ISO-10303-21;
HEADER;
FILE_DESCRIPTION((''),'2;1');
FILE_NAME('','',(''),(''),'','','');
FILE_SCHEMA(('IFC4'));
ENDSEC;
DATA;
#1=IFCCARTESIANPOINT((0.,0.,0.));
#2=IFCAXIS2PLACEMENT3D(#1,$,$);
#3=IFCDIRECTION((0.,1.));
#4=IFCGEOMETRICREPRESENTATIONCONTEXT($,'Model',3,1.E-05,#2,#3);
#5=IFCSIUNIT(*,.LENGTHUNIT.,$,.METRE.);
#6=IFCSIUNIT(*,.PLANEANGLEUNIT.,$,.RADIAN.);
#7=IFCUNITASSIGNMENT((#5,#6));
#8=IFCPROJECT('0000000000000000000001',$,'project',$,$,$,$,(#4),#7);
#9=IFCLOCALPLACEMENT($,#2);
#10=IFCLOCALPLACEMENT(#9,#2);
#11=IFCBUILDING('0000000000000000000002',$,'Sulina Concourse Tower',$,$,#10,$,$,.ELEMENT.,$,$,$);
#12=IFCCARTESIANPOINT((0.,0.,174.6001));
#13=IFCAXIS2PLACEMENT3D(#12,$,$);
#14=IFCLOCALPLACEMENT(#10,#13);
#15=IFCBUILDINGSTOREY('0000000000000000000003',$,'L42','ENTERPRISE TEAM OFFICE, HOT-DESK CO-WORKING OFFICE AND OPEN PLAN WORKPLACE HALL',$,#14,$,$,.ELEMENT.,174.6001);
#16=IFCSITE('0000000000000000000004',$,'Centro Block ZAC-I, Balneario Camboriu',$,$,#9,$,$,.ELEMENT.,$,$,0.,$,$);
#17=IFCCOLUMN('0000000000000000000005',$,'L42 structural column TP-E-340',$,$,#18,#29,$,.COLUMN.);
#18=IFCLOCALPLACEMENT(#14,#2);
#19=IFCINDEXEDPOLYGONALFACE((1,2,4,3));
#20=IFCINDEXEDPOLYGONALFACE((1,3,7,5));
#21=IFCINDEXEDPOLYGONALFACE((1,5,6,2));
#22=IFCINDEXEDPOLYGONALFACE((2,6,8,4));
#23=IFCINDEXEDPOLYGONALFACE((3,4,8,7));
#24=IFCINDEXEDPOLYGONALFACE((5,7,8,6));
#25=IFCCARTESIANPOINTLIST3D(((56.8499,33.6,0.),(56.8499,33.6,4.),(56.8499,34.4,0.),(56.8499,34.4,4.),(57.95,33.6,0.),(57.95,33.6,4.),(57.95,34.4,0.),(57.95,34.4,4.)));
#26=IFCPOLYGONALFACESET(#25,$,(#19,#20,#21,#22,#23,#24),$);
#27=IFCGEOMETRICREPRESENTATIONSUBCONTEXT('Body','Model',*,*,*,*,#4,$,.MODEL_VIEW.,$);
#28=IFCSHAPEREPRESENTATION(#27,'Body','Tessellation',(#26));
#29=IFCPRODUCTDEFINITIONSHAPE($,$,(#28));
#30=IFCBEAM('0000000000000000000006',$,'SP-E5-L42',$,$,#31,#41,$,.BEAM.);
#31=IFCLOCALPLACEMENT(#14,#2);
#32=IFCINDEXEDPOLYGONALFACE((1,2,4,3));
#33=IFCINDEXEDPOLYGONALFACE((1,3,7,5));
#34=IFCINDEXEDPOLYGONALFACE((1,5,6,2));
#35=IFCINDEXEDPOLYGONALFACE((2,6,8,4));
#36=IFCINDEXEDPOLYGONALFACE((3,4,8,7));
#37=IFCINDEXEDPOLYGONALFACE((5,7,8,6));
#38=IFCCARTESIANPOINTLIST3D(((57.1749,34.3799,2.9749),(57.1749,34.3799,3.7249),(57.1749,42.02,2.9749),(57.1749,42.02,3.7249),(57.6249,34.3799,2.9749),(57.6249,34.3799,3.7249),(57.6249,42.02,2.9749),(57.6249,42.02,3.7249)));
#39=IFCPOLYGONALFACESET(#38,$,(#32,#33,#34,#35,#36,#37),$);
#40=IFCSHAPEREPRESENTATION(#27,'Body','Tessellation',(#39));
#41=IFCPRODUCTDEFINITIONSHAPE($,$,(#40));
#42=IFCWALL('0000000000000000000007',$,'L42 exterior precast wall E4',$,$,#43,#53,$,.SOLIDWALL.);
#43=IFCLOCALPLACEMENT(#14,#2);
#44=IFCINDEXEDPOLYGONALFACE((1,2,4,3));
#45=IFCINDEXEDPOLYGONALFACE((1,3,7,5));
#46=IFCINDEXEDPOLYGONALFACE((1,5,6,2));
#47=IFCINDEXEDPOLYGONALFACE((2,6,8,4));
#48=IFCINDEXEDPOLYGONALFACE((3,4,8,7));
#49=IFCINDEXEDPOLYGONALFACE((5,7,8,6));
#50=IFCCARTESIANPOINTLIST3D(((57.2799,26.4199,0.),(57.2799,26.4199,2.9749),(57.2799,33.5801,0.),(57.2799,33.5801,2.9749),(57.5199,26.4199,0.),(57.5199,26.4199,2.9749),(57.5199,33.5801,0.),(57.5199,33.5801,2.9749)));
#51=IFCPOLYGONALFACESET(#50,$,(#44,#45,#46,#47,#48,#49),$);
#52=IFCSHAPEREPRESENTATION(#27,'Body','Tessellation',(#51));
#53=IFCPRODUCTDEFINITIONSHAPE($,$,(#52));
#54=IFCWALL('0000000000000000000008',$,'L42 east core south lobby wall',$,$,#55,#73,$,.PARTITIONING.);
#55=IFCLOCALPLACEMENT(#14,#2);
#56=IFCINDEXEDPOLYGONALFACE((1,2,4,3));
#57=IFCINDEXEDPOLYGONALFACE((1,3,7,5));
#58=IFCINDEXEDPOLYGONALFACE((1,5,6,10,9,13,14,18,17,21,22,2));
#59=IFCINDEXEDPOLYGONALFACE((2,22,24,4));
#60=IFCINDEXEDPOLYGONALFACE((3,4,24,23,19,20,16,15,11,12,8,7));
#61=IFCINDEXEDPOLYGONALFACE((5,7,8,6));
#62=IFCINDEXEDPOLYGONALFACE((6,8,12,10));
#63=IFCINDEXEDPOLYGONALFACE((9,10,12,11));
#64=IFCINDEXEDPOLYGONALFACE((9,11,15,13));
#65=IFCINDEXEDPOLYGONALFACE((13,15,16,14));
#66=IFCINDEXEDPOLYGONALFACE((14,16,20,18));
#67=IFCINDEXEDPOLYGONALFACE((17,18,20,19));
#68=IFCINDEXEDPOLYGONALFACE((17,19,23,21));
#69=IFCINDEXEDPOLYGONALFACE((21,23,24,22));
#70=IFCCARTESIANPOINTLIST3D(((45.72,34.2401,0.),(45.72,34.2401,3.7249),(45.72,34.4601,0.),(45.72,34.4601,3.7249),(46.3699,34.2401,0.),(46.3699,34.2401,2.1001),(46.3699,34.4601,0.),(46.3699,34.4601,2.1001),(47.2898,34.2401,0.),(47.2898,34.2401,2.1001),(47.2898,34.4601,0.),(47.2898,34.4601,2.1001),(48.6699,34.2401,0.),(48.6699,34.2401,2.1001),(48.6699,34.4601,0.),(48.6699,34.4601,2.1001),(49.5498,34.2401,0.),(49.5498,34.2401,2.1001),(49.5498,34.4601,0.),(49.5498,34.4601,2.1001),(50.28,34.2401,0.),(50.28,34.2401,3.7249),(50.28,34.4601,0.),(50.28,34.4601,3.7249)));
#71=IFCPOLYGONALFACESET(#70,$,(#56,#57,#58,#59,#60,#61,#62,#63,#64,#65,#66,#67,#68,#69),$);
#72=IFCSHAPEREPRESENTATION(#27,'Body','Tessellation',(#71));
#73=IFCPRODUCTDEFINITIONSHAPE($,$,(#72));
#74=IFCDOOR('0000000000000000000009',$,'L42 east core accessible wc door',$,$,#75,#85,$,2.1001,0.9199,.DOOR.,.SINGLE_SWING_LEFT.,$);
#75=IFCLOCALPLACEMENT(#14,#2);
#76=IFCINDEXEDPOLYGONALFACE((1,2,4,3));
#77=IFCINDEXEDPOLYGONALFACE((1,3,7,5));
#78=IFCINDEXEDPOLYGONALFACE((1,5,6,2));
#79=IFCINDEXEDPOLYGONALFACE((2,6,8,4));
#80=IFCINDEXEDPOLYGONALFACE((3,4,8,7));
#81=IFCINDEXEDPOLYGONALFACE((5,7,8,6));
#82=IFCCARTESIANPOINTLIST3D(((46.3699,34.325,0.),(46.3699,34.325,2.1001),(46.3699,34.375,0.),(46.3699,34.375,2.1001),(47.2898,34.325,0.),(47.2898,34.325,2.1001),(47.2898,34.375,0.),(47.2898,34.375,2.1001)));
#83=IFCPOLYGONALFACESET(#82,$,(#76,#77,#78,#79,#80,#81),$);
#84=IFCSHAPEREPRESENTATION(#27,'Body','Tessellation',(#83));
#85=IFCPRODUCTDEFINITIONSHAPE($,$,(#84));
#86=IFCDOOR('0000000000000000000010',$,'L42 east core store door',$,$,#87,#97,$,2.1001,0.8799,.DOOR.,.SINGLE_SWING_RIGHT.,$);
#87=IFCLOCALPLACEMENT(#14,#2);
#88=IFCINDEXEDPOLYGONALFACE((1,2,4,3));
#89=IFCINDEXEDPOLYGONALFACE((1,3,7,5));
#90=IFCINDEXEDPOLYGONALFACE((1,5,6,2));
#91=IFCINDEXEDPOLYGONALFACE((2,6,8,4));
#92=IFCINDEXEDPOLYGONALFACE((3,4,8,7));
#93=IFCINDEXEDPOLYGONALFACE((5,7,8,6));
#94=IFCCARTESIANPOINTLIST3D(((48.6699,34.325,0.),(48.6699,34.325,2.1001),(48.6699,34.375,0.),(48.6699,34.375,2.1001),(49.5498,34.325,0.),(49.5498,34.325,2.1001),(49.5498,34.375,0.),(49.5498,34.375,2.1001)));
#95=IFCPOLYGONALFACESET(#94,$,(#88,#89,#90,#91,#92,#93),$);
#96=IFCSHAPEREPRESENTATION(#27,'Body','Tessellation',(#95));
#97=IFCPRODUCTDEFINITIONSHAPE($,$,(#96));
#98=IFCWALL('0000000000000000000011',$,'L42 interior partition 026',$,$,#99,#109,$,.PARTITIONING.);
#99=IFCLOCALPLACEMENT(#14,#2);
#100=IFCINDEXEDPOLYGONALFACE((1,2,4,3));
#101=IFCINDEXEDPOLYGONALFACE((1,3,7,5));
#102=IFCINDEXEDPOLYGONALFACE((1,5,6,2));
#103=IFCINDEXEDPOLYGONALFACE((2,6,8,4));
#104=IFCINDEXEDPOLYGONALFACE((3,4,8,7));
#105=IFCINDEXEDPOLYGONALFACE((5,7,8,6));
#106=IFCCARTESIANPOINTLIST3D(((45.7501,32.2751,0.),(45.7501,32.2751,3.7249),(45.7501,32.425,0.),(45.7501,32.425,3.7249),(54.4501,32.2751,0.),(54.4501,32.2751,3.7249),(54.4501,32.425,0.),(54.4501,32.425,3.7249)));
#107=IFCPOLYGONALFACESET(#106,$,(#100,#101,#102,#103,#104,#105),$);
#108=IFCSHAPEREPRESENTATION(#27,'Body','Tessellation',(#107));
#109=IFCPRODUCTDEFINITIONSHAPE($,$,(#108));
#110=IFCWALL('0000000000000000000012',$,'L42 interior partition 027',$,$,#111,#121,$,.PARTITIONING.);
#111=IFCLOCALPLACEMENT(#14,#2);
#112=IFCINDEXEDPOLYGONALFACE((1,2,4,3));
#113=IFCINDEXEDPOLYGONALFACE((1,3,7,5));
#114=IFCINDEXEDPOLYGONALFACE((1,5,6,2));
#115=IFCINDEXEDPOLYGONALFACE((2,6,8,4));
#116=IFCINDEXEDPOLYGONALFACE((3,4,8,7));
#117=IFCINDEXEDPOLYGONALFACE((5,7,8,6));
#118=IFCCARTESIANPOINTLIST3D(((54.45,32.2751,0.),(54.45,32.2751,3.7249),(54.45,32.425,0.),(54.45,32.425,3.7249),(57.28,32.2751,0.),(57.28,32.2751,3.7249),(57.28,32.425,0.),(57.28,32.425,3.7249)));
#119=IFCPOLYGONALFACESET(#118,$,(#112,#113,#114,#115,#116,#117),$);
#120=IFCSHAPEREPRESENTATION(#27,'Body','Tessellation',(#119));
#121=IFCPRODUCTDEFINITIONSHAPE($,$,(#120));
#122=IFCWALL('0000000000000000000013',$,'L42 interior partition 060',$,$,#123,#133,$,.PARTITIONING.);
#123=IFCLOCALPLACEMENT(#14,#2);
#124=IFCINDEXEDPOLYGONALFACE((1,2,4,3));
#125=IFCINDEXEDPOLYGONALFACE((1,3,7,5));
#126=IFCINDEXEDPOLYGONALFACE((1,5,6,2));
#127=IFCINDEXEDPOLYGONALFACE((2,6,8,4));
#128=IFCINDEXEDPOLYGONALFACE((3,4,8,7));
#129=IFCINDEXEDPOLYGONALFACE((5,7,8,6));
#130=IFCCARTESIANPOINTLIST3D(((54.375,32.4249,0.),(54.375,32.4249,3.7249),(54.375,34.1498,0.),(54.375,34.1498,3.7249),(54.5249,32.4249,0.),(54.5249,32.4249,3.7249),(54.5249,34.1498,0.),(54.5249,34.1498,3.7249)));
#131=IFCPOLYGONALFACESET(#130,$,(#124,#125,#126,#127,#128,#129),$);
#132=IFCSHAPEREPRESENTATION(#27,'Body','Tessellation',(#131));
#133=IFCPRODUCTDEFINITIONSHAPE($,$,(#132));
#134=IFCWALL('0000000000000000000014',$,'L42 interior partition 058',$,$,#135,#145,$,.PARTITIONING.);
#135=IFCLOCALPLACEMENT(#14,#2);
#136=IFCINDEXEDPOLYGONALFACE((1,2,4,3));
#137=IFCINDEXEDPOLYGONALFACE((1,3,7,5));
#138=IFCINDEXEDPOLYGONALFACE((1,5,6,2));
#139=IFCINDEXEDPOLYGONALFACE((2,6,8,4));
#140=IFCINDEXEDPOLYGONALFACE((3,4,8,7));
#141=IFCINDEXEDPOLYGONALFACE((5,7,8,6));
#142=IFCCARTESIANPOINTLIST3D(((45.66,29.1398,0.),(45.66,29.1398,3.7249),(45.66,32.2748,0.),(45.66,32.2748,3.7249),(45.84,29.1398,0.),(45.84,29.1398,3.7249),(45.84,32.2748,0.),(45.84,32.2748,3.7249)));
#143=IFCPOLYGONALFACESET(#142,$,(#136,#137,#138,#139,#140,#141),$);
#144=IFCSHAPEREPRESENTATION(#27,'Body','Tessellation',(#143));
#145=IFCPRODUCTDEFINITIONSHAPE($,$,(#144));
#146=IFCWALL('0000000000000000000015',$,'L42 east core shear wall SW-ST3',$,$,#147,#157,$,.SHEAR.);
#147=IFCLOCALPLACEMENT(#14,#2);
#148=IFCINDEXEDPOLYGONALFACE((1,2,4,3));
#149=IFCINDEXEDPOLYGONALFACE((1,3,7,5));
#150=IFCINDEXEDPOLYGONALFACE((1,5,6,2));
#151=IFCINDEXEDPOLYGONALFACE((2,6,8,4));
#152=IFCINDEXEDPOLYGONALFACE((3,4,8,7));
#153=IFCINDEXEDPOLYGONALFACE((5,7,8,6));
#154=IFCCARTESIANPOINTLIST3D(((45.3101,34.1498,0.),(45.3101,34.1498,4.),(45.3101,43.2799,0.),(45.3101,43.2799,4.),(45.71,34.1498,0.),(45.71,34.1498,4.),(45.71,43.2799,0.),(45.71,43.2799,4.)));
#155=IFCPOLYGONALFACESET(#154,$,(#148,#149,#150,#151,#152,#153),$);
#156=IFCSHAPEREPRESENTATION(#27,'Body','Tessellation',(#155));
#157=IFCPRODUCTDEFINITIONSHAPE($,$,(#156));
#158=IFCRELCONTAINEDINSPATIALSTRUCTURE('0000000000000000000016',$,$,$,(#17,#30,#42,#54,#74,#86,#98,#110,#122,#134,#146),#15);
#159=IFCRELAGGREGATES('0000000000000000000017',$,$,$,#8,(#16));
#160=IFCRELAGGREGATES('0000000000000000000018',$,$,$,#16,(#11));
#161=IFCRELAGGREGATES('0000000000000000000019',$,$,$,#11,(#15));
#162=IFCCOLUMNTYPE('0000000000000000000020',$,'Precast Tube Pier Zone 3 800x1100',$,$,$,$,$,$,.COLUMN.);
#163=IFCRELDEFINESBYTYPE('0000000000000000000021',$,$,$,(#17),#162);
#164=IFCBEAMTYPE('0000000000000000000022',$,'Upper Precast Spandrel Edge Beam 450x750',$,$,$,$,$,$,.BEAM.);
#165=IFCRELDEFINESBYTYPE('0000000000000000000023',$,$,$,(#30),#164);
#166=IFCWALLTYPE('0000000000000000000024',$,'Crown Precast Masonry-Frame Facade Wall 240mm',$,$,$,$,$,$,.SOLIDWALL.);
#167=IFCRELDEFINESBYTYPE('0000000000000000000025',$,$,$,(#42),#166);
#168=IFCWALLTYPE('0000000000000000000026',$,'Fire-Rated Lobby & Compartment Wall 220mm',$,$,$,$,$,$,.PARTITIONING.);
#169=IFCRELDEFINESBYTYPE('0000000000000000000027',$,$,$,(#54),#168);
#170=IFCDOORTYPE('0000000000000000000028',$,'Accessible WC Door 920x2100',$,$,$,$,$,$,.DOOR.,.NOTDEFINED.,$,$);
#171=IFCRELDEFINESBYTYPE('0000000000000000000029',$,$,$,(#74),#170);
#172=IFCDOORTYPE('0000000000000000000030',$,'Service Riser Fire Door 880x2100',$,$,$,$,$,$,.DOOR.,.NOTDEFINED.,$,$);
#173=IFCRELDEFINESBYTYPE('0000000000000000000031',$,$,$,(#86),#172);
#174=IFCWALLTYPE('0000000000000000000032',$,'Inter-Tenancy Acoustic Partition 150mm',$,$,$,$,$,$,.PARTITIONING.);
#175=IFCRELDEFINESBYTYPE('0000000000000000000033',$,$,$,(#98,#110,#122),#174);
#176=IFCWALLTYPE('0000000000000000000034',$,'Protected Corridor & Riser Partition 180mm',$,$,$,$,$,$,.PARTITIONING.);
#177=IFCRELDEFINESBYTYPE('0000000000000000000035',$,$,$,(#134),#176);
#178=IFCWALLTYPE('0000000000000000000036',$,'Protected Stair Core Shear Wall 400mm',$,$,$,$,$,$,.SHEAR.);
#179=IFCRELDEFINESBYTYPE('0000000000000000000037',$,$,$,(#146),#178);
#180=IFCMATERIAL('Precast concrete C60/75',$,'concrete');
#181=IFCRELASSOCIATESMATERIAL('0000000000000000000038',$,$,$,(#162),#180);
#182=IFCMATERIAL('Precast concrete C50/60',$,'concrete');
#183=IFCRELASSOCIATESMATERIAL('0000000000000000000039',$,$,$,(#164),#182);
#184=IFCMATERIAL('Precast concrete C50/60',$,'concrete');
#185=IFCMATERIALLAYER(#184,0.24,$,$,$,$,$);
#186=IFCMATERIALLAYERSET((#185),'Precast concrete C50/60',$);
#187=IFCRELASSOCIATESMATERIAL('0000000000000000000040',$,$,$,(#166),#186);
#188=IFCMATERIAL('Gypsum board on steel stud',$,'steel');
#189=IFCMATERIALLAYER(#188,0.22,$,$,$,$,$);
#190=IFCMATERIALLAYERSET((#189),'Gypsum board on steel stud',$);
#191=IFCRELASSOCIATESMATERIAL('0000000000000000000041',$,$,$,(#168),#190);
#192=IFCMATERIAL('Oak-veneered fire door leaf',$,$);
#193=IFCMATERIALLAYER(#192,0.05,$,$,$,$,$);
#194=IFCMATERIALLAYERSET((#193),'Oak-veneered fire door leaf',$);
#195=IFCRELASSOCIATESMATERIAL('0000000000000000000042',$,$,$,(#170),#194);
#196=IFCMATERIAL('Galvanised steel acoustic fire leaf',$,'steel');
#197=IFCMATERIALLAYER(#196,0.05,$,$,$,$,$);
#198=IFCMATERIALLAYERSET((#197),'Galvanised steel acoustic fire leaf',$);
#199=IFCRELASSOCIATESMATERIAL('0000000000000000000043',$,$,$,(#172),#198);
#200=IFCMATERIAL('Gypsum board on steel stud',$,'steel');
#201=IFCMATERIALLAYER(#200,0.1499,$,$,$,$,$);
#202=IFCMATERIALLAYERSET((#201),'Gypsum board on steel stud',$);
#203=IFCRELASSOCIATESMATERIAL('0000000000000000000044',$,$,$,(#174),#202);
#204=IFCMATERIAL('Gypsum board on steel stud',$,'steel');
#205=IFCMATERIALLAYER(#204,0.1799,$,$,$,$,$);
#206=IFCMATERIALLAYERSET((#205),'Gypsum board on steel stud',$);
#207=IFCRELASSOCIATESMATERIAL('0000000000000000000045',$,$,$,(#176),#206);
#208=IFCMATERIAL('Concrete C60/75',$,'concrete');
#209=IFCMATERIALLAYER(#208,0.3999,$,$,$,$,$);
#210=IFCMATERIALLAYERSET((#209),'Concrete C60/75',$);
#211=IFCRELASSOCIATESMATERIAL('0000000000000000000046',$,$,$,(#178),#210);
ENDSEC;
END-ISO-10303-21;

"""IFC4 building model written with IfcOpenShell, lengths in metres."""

from ifc_helpers import new_model, si_unit, direction, frame, frame_2d, origin, origin_2d, place, context, subcontext, project, spatial, rectangle, extrude, material, layer, layer_set, material_profile, profile_set, type_object, element, fill, save


model = new_model("IFC4")

# Units and contexts
model_context = context("Model", 3, precision=1e-05, world=origin(), true_north=direction((0.0, 1.0)))
body_context = subcontext(model_context, "Body", "Model", "MODEL_VIEW")
ifc_project = project(units=[si_unit("LENGTHUNIT", "METRE"), si_unit("PLANEANGLEUNIT", "RADIAN")], contexts=[model_context])

# Site, building, storey
site_placement = place(None, origin())
site = spatial("IfcSite", under=ifc_project, at=site_placement, Name="Centro Block ZAC-I, Balneario Camboriu", CompositionType="ELEMENT", RefElevation=0.0)
building_placement = place(site_placement, origin())
building = spatial("IfcBuilding", under=site, at=building_placement, Name="Sulina Concourse Tower", CompositionType="ELEMENT")
storey_placement = place(building_placement, frame((0.0, 0.0, 174.6001)))
storey = spatial("IfcBuildingStorey", under=building, at=storey_placement, Name="L42", Description="ENTERPRISE TEAM OFFICE, HOT-DESK CO-WORKING OFFICE AND OPEN PLAN WORKPLACE HALL", CompositionType="ELEMENT", Elevation=174.6001)

# Column
ifc_material_1 = material(Name="Precast concrete C60/75", Category="concrete")
ifc_material_profile_1 = material_profile(ifc_material_1, rectangle(XDim=0.8, YDim=1.1001, at=origin_2d()), Name="PC 800x1100")
ifc_profile_set_1 = profile_set([ifc_material_profile_1], Name="Precast concrete C60/75")
column_type = type_object("IfcColumnType", Name="Precast Tube Pier Zone 3 800x1100", PredefinedType="COLUMN", material=ifc_profile_set_1)
column_placement = place(storey_placement, frame((57.3999, 34.0, 0.0), z_axis=(0.0, 0.0, 1.0), x_axis=(0.0, 1.0, 0.0)))
element("IfcColumn", 1, at=column_placement, inside=storey, type_object=column_type, Name="L42 structural column TP-E-340", PredefinedType="COLUMN", context=body_context, shape_type="SweptSolid", body=[
    extrude(rectangle(XDim=0.8, YDim=1.1001, at=origin_2d()), origin(), (0.0, 0.0, 1.0), 4.0),
])

# Beam
ifc_material_2 = material(Name="Precast concrete C50/60", Category="concrete")
ifc_material_profile_2 = material_profile(ifc_material_2, rectangle(XDim=0.45, YDim=0.75, at=origin_2d()), Name="RC 450x750")
ifc_profile_set_2 = profile_set([ifc_material_profile_2], Name="Precast concrete C50/60")
beam_type = type_object("IfcBeamType", Name="Upper Precast Spandrel Edge Beam 450x750", PredefinedType="BEAM", material=ifc_profile_set_2)
beam_placement = place(storey_placement, frame((57.3999, 34.3799, 3.3499), z_axis=(0.0, 1.0, 0.0), x_axis=(-1.0, 0.0, 0.0)))
element("IfcBeam", 2, at=beam_placement, inside=storey, type_object=beam_type, Name="SP-E5-L42", PredefinedType="BEAM", context=body_context, shape_type="SweptSolid", body=[
    extrude(rectangle(XDim=0.45, YDim=0.75, at=origin_2d()), origin(), (0.0, 0.0, 1.0), 7.6401),
])

# Wall
ifc_material_3 = material(Name="Precast concrete C50/60", Category="concrete")
ifc_layer_1 = layer(ifc_material_3, 0.24)
ifc_layer_set_1 = layer_set([ifc_layer_1], Name="Precast concrete C50/60")
wall_type_1 = type_object("IfcWallType", Name="Crown Precast Masonry-Frame Facade Wall 240mm", PredefinedType="SOLIDWALL", material=ifc_layer_set_1)
wall_1_placement = place(storey_placement, frame((57.3999, 33.5801, 0.0), z_axis=(0.0, 0.0, 1.0), x_axis=(0.0, -1.0, 0.0)))
element("IfcWall", 3, at=wall_1_placement, inside=storey, type_object=wall_type_1, Name="L42 exterior precast wall E4", PredefinedType="SOLIDWALL", context=body_context, shape_type="SweptSolid", body=[
    extrude(rectangle(XDim=7.1602, YDim=0.24, at=frame_2d((3.5801, 0.0))), origin(), (0.0, 0.0, 1.0), 2.9749),
])

# Wall, openings, doors
ifc_material_4 = material(Name="Gypsum board on steel stud", Category="steel")
ifc_layer_2 = layer(ifc_material_4, 0.22)
ifc_layer_set_2 = layer_set([ifc_layer_2], Name="Gypsum board on steel stud")
wall_type_2 = type_object("IfcWallType", Name="Fire-Rated Lobby & Compartment Wall 220mm", PredefinedType="PARTITIONING", material=ifc_layer_set_2)
wall_2_placement = place(storey_placement, frame((45.72, 34.3501, 0.0), z_axis=(0.0, 0.0, 1.0), x_axis=(1.0, 0.0, 0.0)))
wall_2 = element("IfcWall", 4, at=wall_2_placement, inside=storey, type_object=wall_type_2, Name="L42 east core south lobby wall", PredefinedType="PARTITIONING", context=body_context, shape_type="SweptSolid", body=[
    extrude(rectangle(XDim=4.5601, YDim=0.22, at=frame_2d((2.28, 0.0))), origin(), (0.0, 0.0, 1.0), 3.7249),
])
opening_1_placement = place(wall_2_placement, frame((0.6499, 0.0, 0.0)))
opening_1 = element("IfcOpeningElement", 5, at=opening_1_placement, cuts=wall_2, PredefinedType="OPENING", context=body_context, shape_type="SweptSolid", body=[
    extrude(rectangle(XDim=0.9199, YDim=2.1001, at=frame_2d((0.46, 1.05))), frame((0.0, 0.1199, 0.0), z_axis=(0.0, -1.0, 0.0), x_axis=(1.0, 0.0, 0.0)), (0.0, 0.0, 1.0), 0.24),
])
opening_2_placement = place(wall_2_placement, frame((2.95, 0.0, 0.0)))
opening_2 = element("IfcOpeningElement", 6, at=opening_2_placement, cuts=wall_2, PredefinedType="OPENING", context=body_context, shape_type="SweptSolid", body=[
    extrude(rectangle(XDim=0.8799, YDim=2.1001, at=frame_2d((0.4399, 1.05))), frame((0.0, 0.1199, 0.0), z_axis=(0.0, -1.0, 0.0), x_axis=(1.0, 0.0, 0.0)), (0.0, 0.0, 1.0), 0.24),
])
ifc_material_5 = material(Name="Oak-veneered fire door leaf")
ifc_layer_3 = layer(ifc_material_5, 0.05)
ifc_layer_set_3 = layer_set([ifc_layer_3], Name="Oak-veneered fire door leaf")
door_type_1 = type_object("IfcDoorType", Name="Accessible WC Door 920x2100", OperationType="NOTDEFINED", PredefinedType="DOOR", material=ifc_layer_set_3)
door_1_placement = place(opening_1_placement, origin())
door_1 = element("IfcDoor", 7, at=door_1_placement, inside=storey, type_object=door_type_1, Name="L42 east core accessible wc door", OperationType="SINGLE_SWING_LEFT", OverallHeight=2.1001, OverallWidth=0.9199, PredefinedType="DOOR", context=body_context, shape_type="SweptSolid", body=[
    extrude(rectangle(XDim=0.9199, YDim=2.1001, at=frame_2d((0.46, 1.05))), frame((0.0, 0.0249, 0.0), z_axis=(0.0, -1.0, 0.0), x_axis=(1.0, 0.0, 0.0)), (0.0, 0.0, 1.0), 0.05),
])
fill(opening_1, door_1)
ifc_material_6 = material(Name="Galvanised steel acoustic fire leaf", Category="steel")
ifc_layer_4 = layer(ifc_material_6, 0.05)
ifc_layer_set_4 = layer_set([ifc_layer_4], Name="Galvanised steel acoustic fire leaf")
door_type_2 = type_object("IfcDoorType", Name="Service Riser Fire Door 880x2100", OperationType="NOTDEFINED", PredefinedType="DOOR", material=ifc_layer_set_4)
door_2_placement = place(opening_2_placement, origin())
door_2 = element("IfcDoor", 8, at=door_2_placement, inside=storey, type_object=door_type_2, Name="L42 east core store door", OperationType="SINGLE_SWING_RIGHT", OverallHeight=2.1001, OverallWidth=0.8799, PredefinedType="DOOR", context=body_context, shape_type="SweptSolid", body=[
    extrude(rectangle(XDim=0.8799, YDim=2.1001, at=frame_2d((0.4399, 1.05))), frame((0.0, 0.0249, 0.0), z_axis=(0.0, -1.0, 0.0), x_axis=(1.0, 0.0, 0.0)), (0.0, 0.0, 1.0), 0.05),
])
fill(opening_2, door_2)

# Walls
ifc_material_7 = material(Name="Gypsum board on steel stud", Category="steel")
ifc_layer_5 = layer(ifc_material_7, 0.1499)
ifc_layer_set_5 = layer_set([ifc_layer_5], Name="Gypsum board on steel stud")
wall_type_3 = type_object("IfcWallType", Name="Inter-Tenancy Acoustic Partition 150mm", PredefinedType="PARTITIONING", material=ifc_layer_set_5)
wall_3_placement = place(storey_placement, frame((45.75, 32.3501, 0.0), z_axis=(0.0, 0.0, 1.0), x_axis=(1.0, 0.0, 0.0)))
element("IfcWall", 9, at=wall_3_placement, inside=storey, type_object=wall_type_3, Name="L42 interior partition 026", PredefinedType="PARTITIONING", context=body_context, shape_type="SweptSolid", body=[
    extrude(rectangle(XDim=8.7, YDim=0.1499, at=frame_2d((4.3501, 0.0))), origin(), (0.0, 0.0, 1.0), 3.7249),
])
wall_4_placement = place(storey_placement, frame((54.45, 32.3501, 0.0), z_axis=(0.0, 0.0, 1.0), x_axis=(1.0, 0.0, 0.0)))
element("IfcWall", 10, at=wall_4_placement, inside=storey, type_object=wall_type_3, Name="L42 interior partition 027", PredefinedType="PARTITIONING", context=body_context, shape_type="SweptSolid", body=[
    extrude(rectangle(XDim=2.8301, YDim=0.1499, at=frame_2d((1.415, 0.0))), origin(), (0.0, 0.0, 1.0), 3.7249),
])
wall_5_placement = place(storey_placement, frame((54.45, 32.425, 0.0), z_axis=(0.0, 0.0, 1.0), x_axis=(0.0, 1.0, 0.0)))
element("IfcWall", 11, at=wall_5_placement, inside=storey, type_object=wall_type_3, Name="L42 interior partition 060", PredefinedType="PARTITIONING", context=body_context, shape_type="SweptSolid", body=[
    extrude(rectangle(XDim=1.7249, YDim=0.1499, at=frame_2d((0.8623, 0.0))), origin(), (0.0, 0.0, 1.0), 3.7249),
])
ifc_material_8 = material(Name="Gypsum board on steel stud", Category="steel")
ifc_layer_6 = layer(ifc_material_8, 0.1799)
ifc_layer_set_6 = layer_set([ifc_layer_6], Name="Gypsum board on steel stud")
wall_type_4 = type_object("IfcWallType", Name="Protected Corridor & Riser Partition 180mm", PredefinedType="PARTITIONING", material=ifc_layer_set_6)
wall_6_placement = place(storey_placement, frame((45.75, 29.1399, 0.0), z_axis=(0.0, 0.0, 1.0), x_axis=(0.0, 1.0, 0.0)))
element("IfcWall", 12, at=wall_6_placement, inside=storey, type_object=wall_type_4, Name="L42 interior partition 058", PredefinedType="PARTITIONING", context=body_context, shape_type="SweptSolid", body=[
    extrude(rectangle(XDim=3.135, YDim=0.1799, at=frame_2d((1.5674, 0.0))), origin(), (0.0, 0.0, 1.0), 3.7249),
])
ifc_material_9 = material(Name="Concrete C60/75", Category="concrete")
ifc_layer_7 = layer(ifc_material_9, 0.3999)
ifc_layer_set_7 = layer_set([ifc_layer_7], Name="Concrete C60/75")
wall_type_5 = type_object("IfcWallType", Name="Protected Stair Core Shear Wall 400mm", PredefinedType="SHEAR", material=ifc_layer_set_7)
wall_7_placement = place(storey_placement, frame((45.51, 34.1499, 0.0), z_axis=(0.0, 0.0, 1.0), x_axis=(0.0, 1.0, 0.0)))
element("IfcWall", 13, at=wall_7_placement, inside=storey, type_object=wall_type_5, Name="L42 east core shear wall SW-ST3", PredefinedType="SHEAR", context=body_context, shape_type="SweptSolid", body=[
    extrude(rectangle(XDim=9.1301, YDim=0.3999, at=frame_2d((4.5649, 0.0))), origin(), (0.0, 0.0, 1.0), 4.0),
])

save(model, "model.ifc")
